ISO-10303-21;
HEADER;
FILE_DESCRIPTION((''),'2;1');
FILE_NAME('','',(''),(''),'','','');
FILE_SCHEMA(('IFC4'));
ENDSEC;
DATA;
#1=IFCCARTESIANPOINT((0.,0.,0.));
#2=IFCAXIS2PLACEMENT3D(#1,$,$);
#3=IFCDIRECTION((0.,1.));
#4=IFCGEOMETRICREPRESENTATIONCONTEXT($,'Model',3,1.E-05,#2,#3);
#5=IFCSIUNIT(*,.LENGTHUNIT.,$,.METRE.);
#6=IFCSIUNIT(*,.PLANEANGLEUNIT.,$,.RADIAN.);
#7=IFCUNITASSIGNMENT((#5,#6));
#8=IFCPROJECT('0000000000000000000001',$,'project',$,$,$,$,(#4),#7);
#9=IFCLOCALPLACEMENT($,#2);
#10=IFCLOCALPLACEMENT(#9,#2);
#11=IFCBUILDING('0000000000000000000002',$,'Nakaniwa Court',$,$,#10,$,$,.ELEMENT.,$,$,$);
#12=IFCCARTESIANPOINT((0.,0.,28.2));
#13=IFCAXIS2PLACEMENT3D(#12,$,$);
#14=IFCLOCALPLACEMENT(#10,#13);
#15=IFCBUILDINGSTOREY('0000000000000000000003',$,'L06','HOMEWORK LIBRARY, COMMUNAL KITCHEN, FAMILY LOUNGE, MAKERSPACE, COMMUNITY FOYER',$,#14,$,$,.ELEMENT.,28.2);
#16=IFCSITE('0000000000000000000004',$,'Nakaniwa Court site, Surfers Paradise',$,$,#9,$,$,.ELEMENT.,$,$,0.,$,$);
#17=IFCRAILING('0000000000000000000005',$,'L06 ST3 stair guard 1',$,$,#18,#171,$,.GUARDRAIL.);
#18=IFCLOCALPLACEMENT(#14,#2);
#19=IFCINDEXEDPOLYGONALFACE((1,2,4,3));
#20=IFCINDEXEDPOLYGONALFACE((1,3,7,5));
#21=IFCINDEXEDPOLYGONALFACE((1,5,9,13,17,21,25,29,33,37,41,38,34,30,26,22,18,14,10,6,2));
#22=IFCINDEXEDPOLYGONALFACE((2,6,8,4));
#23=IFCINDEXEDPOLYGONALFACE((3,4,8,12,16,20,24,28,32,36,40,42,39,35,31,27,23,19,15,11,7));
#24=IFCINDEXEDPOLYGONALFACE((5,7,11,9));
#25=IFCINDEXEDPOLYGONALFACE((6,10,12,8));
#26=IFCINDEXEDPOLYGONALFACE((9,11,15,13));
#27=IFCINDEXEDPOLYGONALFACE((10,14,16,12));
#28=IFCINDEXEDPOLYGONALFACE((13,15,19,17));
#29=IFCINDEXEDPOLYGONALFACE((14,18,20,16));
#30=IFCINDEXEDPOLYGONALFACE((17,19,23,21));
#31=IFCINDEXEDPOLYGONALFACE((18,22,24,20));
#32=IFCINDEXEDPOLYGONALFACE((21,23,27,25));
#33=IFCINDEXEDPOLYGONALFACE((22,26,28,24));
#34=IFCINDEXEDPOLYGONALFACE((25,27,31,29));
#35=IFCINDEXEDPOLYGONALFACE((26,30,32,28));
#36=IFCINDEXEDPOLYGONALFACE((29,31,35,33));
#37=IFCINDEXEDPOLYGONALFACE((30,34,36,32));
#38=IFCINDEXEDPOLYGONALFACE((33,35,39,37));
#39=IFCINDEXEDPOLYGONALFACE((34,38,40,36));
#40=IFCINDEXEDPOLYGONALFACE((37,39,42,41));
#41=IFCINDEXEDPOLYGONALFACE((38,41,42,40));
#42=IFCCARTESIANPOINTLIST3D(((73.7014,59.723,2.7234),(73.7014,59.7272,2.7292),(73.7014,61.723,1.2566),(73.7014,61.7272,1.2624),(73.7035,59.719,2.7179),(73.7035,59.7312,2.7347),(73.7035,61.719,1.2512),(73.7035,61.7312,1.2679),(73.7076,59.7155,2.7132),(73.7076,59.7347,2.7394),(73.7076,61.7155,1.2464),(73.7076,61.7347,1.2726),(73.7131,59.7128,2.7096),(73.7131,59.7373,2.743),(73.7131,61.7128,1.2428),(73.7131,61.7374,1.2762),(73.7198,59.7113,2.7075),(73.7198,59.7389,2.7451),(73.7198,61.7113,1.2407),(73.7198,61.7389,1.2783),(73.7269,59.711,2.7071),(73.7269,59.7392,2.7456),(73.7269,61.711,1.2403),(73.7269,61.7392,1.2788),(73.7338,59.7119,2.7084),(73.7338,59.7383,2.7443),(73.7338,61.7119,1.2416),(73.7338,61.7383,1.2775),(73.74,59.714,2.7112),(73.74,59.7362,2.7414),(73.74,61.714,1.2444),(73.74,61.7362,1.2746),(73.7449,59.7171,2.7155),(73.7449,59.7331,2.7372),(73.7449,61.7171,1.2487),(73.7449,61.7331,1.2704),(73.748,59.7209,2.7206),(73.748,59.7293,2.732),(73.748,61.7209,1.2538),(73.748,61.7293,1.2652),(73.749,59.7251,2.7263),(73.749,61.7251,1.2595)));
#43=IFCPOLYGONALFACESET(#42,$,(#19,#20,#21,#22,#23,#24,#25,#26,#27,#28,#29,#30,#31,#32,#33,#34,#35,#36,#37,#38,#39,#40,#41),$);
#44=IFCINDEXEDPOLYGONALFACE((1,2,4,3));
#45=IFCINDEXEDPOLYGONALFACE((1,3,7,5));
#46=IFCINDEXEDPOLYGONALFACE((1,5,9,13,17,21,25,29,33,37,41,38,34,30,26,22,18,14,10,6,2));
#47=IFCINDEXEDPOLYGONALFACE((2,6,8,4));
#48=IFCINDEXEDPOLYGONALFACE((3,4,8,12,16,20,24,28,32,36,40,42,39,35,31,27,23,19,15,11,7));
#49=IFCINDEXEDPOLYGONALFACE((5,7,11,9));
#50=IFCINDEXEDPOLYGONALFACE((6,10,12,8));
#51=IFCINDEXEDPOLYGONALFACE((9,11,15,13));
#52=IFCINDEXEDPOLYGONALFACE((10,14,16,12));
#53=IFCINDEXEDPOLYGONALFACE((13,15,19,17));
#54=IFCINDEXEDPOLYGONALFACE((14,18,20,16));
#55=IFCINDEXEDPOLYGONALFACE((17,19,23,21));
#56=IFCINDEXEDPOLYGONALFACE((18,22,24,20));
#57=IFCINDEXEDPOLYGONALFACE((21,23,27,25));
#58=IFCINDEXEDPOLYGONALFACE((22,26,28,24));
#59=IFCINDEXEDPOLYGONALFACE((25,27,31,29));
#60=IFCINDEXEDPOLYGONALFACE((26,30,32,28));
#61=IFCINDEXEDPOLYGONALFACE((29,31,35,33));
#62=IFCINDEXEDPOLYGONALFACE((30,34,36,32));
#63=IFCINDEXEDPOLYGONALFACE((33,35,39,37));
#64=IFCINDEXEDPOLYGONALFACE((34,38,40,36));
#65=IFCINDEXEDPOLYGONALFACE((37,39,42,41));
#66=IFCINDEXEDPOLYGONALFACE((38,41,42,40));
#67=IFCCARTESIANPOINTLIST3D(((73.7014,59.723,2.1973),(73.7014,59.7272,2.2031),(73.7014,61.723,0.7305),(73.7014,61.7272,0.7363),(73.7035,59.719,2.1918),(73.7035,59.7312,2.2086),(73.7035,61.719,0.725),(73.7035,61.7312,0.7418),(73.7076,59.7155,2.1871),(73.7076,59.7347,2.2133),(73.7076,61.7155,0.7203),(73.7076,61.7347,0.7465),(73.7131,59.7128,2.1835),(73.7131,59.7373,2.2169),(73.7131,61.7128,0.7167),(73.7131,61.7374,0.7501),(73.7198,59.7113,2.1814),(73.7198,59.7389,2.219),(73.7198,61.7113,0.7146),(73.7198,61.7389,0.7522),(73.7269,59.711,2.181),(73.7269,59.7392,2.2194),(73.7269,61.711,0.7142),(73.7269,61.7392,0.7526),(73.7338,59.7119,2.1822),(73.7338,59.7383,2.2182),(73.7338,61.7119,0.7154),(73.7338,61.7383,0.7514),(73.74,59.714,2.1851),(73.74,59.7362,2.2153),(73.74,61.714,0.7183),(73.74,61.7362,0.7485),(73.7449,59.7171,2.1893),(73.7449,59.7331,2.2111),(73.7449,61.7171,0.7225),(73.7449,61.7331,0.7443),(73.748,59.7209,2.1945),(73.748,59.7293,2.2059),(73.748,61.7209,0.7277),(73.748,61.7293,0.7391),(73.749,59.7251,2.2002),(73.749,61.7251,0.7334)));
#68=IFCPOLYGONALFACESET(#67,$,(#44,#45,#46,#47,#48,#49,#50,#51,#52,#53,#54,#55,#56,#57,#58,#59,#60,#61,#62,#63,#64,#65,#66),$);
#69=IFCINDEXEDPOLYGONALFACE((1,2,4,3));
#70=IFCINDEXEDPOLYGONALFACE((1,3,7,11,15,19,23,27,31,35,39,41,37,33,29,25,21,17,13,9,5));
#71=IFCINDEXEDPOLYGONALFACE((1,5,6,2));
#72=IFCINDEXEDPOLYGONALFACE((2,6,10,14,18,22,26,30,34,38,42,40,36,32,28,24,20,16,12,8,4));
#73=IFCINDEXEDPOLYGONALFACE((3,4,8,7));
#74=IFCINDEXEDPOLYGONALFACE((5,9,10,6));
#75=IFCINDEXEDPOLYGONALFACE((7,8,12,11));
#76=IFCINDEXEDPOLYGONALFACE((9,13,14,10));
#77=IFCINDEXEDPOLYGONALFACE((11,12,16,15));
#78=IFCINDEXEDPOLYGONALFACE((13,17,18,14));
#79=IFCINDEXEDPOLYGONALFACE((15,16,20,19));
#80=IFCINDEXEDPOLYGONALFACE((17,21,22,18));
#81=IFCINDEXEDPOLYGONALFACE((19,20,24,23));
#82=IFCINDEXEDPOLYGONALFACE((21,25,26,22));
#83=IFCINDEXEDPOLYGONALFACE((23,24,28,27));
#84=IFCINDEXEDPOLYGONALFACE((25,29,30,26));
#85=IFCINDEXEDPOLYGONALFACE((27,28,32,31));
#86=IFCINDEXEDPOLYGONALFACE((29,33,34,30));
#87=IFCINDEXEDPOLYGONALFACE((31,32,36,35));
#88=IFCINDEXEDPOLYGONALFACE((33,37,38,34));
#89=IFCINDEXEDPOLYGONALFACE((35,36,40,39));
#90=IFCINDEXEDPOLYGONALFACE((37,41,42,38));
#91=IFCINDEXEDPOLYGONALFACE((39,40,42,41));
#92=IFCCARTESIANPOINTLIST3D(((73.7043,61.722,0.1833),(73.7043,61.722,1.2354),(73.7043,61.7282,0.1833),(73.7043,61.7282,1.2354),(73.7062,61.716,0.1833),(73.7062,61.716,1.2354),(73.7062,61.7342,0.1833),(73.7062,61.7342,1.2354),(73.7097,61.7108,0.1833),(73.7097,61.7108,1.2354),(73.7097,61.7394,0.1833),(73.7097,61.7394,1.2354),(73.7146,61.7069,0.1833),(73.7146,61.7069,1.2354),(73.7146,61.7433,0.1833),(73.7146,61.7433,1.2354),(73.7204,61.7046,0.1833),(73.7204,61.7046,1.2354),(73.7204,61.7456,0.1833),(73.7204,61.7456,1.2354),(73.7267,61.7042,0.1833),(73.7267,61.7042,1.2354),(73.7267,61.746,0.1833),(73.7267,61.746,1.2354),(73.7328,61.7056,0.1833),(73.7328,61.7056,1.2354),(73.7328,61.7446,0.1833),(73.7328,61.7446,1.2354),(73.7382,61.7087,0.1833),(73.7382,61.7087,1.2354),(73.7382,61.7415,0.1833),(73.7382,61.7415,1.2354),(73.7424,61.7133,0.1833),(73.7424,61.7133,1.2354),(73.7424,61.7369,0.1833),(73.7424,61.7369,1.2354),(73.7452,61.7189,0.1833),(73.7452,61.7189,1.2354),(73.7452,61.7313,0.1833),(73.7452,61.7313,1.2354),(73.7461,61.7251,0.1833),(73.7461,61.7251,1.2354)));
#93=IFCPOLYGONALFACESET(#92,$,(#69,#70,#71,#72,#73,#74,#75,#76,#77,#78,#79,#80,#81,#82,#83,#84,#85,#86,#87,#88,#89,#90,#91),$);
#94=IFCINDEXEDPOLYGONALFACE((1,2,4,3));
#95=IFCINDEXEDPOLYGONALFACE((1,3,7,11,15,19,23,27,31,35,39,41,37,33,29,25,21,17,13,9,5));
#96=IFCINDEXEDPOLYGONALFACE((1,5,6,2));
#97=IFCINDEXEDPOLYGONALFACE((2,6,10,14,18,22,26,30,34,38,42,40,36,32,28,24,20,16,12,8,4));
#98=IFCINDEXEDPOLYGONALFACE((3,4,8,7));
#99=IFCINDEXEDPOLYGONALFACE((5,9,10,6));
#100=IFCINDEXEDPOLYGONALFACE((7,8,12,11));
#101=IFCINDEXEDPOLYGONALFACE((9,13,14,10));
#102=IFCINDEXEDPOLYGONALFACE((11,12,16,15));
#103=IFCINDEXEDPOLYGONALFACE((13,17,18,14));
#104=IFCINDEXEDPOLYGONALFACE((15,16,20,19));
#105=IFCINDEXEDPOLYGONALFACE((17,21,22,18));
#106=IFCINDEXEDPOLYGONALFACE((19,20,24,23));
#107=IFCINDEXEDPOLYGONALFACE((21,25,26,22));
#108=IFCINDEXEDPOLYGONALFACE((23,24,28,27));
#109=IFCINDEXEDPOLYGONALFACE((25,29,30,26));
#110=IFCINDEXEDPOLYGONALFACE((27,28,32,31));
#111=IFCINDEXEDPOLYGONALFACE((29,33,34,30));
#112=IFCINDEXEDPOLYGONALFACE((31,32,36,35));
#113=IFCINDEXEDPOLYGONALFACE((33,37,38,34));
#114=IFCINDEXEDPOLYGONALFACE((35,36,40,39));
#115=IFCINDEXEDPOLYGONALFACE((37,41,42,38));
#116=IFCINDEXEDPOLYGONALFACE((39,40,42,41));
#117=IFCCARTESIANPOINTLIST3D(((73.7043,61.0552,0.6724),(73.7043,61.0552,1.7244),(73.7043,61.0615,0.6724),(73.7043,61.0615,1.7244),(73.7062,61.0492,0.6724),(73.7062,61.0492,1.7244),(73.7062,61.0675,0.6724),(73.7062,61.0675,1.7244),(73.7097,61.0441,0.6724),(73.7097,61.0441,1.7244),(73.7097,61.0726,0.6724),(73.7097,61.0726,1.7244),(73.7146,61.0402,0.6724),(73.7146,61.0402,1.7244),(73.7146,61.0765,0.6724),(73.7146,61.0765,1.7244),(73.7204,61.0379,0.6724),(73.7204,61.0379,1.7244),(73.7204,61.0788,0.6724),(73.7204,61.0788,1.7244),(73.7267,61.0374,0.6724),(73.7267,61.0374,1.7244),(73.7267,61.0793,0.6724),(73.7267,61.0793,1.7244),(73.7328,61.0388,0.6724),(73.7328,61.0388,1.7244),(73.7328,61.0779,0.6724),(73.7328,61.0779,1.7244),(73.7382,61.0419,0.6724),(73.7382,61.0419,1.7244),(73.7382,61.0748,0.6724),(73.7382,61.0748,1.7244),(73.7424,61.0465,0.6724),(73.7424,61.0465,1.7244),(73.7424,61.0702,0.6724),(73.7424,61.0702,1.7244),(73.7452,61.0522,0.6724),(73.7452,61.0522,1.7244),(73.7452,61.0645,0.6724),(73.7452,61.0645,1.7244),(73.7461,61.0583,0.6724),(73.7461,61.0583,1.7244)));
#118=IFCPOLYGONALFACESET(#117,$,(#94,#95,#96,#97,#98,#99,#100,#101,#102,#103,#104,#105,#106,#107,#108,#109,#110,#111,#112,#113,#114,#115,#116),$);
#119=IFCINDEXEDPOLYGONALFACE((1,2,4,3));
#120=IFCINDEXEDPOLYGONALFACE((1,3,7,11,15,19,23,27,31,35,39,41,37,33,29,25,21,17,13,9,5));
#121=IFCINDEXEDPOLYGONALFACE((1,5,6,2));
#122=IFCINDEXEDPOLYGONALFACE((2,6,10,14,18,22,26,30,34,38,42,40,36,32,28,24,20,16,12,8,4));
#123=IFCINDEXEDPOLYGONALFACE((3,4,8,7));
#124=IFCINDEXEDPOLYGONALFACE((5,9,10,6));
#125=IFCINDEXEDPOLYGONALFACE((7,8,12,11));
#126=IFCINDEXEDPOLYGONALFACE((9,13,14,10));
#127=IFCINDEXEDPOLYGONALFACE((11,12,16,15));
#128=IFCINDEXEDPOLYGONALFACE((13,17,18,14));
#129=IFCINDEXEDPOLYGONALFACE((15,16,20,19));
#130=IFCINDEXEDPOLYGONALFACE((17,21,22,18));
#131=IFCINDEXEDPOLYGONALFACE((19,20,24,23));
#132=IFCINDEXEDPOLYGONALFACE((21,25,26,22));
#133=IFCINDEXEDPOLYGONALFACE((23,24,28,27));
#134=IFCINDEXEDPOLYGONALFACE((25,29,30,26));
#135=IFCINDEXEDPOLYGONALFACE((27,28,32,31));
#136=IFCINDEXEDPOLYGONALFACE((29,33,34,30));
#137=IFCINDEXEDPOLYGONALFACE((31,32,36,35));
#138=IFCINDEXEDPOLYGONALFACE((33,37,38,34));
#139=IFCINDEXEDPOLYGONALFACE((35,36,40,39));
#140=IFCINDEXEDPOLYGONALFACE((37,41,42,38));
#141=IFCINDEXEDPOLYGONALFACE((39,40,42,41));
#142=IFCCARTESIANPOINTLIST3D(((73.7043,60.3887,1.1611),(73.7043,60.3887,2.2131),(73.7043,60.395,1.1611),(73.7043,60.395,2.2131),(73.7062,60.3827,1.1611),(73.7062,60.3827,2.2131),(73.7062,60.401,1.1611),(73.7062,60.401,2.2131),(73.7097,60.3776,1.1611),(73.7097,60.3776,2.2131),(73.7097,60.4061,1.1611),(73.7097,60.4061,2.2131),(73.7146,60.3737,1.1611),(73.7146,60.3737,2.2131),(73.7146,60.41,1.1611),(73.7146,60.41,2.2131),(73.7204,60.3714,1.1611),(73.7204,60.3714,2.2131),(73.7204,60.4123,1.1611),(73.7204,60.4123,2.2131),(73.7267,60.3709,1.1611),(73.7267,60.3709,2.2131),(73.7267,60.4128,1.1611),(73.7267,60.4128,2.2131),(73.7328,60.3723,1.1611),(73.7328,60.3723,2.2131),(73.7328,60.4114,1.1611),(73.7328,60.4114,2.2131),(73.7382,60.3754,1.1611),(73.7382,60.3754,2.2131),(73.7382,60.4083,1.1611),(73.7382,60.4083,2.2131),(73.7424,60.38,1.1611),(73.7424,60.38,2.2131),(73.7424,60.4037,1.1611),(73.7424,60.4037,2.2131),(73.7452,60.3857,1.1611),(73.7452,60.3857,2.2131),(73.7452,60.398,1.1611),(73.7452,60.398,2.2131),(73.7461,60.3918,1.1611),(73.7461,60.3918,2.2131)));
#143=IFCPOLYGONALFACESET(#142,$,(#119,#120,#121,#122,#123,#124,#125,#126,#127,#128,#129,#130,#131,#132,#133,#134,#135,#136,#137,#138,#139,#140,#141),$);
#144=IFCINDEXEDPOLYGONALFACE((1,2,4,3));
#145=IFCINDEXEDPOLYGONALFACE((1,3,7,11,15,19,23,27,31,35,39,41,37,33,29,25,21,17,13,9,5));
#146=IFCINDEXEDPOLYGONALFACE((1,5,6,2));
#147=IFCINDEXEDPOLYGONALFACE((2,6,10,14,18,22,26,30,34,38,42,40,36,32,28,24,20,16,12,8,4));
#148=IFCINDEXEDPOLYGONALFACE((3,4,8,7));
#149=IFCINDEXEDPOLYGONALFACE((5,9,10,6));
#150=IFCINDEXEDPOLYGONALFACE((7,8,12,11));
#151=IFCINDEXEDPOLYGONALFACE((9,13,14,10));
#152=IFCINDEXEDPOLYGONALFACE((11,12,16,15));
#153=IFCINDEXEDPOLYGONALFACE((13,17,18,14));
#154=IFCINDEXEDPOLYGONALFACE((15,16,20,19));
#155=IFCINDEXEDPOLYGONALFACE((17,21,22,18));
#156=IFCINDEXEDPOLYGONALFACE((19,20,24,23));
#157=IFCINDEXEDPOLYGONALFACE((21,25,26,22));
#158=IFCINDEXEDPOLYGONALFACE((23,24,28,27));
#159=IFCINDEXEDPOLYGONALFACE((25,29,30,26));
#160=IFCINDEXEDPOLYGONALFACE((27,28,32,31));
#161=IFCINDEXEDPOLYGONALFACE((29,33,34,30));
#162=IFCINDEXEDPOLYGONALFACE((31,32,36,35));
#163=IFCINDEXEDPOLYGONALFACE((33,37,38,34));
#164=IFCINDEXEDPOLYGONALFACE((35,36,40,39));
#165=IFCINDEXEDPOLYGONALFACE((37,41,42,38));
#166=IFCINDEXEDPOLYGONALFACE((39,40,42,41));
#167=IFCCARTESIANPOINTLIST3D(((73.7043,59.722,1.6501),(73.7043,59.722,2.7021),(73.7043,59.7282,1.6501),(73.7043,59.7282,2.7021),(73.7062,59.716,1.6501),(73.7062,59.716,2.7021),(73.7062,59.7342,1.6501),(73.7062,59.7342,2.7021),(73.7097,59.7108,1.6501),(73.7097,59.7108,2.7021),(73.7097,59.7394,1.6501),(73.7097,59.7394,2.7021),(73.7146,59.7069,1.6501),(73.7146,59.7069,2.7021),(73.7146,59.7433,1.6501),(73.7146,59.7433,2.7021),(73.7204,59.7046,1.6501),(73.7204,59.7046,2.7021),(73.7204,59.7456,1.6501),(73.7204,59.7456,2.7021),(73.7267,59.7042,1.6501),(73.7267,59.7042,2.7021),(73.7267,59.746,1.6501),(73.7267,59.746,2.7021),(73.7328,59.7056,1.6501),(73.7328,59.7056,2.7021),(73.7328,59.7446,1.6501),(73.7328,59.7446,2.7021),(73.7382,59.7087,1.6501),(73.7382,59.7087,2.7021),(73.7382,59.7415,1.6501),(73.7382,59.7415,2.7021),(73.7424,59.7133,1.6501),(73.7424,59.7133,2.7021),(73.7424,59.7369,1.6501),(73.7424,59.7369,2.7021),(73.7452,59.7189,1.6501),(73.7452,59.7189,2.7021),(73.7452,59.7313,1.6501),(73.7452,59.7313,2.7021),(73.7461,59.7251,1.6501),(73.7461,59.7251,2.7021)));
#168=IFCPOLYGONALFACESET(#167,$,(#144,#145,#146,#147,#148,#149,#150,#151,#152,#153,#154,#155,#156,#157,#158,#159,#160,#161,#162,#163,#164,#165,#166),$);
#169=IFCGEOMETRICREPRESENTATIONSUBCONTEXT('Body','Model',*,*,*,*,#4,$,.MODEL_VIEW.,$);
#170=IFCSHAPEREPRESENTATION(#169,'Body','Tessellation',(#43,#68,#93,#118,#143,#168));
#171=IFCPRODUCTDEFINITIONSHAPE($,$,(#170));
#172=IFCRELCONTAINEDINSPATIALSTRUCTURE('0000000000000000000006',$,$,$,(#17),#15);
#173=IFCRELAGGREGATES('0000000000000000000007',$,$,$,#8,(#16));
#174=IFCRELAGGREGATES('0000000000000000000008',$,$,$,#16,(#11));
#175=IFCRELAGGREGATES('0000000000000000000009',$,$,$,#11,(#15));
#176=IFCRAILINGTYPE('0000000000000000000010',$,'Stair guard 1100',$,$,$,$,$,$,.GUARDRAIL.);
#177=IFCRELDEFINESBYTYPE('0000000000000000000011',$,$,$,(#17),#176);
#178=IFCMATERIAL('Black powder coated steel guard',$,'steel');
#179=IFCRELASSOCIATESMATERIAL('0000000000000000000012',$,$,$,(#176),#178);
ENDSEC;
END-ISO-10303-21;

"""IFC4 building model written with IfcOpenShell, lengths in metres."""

from ifc_helpers import new_model, si_unit, direction, frame, origin, origin_2d, place, context, subcontext, project, spatial, circle, extrude, material, type_object, element, save


model = new_model("IFC4")

# Units and contexts
model_context = context("Model", 3, precision=1e-05, world=origin(), true_north=direction((0.0, 1.0)))
body_context = subcontext(model_context, "Body", "Model", "MODEL_VIEW")
ifc_project = project(units=[si_unit("LENGTHUNIT", "METRE"), si_unit("PLANEANGLEUNIT", "RADIAN")], contexts=[model_context])

# Site, building, storey
site_placement = place(None, origin())
site = spatial("IfcSite", under=ifc_project, at=site_placement, Name="Nakaniwa Court site, Surfers Paradise", CompositionType="ELEMENT", RefElevation=0.0)
building_placement = place(site_placement, origin())
building = spatial("IfcBuilding", under=site, at=building_placement, Name="Nakaniwa Court", CompositionType="ELEMENT")
storey_placement = place(building_placement, frame((0.0, 0.0, 28.2)))
storey = spatial("IfcBuildingStorey", under=building, at=storey_placement, Name="L06", Description="HOMEWORK LIBRARY, COMMUNAL KITCHEN, FAMILY LOUNGE, MAKERSPACE, COMMUNITY FOYER", CompositionType="ELEMENT", Elevation=28.2)

# Railing
ifc_material_1 = material(Name="Black powder coated steel guard", Category="steel")
railing_type_1 = type_object("IfcRailingType", Name="Stair guard 1100", PredefinedType="GUARDRAIL", material=ifc_material_1)
railing_1_placement = place(storey_placement, frame((73.7251, 61.7251, 0.1833)))
element("IfcRailing", 1, at=railing_1_placement, inside=storey, type_object=railing_type_1, Name="L06 ST3 stair guard 1", PredefinedType="GUARDRAIL", context=body_context, shape_type="SweptSolid", body=[
    extrude(circle(Radius=0.0239, at=origin_2d()), frame((0.0, 0.0, 1.0762), z_axis=(0.0, -0.80638, 0.591398), x_axis=(1.0, 0.0, 0.0)), (0.0, 0.0, 1.0), 2.4802),
    extrude(circle(Radius=0.0239, at=origin_2d()), frame((0.0, 0.0, 0.55), z_axis=(0.0, -0.80638, 0.591398), x_axis=(1.0, 0.0, 0.0)), (0.0, 0.0, 1.0), 2.4802),
    extrude(circle(Radius=0.021, at=origin_2d()), origin(), (0.0, 0.0, 1.0), 1.052),
    extrude(circle(Radius=0.021, at=origin_2d()), frame((0.0, -0.6667, 0.489)), (0.0, 0.0, 1.0), 1.052),
    extrude(circle(Radius=0.021, at=origin_2d()), frame((0.0, -1.3333, 0.9778)), (0.0, 0.0, 1.0), 1.052),
    extrude(circle(Radius=0.021, at=origin_2d()), frame((0.0, -2.0, 1.4668)), (0.0, 0.0, 1.0), 1.052),
])

save(model, "model.ifc")
